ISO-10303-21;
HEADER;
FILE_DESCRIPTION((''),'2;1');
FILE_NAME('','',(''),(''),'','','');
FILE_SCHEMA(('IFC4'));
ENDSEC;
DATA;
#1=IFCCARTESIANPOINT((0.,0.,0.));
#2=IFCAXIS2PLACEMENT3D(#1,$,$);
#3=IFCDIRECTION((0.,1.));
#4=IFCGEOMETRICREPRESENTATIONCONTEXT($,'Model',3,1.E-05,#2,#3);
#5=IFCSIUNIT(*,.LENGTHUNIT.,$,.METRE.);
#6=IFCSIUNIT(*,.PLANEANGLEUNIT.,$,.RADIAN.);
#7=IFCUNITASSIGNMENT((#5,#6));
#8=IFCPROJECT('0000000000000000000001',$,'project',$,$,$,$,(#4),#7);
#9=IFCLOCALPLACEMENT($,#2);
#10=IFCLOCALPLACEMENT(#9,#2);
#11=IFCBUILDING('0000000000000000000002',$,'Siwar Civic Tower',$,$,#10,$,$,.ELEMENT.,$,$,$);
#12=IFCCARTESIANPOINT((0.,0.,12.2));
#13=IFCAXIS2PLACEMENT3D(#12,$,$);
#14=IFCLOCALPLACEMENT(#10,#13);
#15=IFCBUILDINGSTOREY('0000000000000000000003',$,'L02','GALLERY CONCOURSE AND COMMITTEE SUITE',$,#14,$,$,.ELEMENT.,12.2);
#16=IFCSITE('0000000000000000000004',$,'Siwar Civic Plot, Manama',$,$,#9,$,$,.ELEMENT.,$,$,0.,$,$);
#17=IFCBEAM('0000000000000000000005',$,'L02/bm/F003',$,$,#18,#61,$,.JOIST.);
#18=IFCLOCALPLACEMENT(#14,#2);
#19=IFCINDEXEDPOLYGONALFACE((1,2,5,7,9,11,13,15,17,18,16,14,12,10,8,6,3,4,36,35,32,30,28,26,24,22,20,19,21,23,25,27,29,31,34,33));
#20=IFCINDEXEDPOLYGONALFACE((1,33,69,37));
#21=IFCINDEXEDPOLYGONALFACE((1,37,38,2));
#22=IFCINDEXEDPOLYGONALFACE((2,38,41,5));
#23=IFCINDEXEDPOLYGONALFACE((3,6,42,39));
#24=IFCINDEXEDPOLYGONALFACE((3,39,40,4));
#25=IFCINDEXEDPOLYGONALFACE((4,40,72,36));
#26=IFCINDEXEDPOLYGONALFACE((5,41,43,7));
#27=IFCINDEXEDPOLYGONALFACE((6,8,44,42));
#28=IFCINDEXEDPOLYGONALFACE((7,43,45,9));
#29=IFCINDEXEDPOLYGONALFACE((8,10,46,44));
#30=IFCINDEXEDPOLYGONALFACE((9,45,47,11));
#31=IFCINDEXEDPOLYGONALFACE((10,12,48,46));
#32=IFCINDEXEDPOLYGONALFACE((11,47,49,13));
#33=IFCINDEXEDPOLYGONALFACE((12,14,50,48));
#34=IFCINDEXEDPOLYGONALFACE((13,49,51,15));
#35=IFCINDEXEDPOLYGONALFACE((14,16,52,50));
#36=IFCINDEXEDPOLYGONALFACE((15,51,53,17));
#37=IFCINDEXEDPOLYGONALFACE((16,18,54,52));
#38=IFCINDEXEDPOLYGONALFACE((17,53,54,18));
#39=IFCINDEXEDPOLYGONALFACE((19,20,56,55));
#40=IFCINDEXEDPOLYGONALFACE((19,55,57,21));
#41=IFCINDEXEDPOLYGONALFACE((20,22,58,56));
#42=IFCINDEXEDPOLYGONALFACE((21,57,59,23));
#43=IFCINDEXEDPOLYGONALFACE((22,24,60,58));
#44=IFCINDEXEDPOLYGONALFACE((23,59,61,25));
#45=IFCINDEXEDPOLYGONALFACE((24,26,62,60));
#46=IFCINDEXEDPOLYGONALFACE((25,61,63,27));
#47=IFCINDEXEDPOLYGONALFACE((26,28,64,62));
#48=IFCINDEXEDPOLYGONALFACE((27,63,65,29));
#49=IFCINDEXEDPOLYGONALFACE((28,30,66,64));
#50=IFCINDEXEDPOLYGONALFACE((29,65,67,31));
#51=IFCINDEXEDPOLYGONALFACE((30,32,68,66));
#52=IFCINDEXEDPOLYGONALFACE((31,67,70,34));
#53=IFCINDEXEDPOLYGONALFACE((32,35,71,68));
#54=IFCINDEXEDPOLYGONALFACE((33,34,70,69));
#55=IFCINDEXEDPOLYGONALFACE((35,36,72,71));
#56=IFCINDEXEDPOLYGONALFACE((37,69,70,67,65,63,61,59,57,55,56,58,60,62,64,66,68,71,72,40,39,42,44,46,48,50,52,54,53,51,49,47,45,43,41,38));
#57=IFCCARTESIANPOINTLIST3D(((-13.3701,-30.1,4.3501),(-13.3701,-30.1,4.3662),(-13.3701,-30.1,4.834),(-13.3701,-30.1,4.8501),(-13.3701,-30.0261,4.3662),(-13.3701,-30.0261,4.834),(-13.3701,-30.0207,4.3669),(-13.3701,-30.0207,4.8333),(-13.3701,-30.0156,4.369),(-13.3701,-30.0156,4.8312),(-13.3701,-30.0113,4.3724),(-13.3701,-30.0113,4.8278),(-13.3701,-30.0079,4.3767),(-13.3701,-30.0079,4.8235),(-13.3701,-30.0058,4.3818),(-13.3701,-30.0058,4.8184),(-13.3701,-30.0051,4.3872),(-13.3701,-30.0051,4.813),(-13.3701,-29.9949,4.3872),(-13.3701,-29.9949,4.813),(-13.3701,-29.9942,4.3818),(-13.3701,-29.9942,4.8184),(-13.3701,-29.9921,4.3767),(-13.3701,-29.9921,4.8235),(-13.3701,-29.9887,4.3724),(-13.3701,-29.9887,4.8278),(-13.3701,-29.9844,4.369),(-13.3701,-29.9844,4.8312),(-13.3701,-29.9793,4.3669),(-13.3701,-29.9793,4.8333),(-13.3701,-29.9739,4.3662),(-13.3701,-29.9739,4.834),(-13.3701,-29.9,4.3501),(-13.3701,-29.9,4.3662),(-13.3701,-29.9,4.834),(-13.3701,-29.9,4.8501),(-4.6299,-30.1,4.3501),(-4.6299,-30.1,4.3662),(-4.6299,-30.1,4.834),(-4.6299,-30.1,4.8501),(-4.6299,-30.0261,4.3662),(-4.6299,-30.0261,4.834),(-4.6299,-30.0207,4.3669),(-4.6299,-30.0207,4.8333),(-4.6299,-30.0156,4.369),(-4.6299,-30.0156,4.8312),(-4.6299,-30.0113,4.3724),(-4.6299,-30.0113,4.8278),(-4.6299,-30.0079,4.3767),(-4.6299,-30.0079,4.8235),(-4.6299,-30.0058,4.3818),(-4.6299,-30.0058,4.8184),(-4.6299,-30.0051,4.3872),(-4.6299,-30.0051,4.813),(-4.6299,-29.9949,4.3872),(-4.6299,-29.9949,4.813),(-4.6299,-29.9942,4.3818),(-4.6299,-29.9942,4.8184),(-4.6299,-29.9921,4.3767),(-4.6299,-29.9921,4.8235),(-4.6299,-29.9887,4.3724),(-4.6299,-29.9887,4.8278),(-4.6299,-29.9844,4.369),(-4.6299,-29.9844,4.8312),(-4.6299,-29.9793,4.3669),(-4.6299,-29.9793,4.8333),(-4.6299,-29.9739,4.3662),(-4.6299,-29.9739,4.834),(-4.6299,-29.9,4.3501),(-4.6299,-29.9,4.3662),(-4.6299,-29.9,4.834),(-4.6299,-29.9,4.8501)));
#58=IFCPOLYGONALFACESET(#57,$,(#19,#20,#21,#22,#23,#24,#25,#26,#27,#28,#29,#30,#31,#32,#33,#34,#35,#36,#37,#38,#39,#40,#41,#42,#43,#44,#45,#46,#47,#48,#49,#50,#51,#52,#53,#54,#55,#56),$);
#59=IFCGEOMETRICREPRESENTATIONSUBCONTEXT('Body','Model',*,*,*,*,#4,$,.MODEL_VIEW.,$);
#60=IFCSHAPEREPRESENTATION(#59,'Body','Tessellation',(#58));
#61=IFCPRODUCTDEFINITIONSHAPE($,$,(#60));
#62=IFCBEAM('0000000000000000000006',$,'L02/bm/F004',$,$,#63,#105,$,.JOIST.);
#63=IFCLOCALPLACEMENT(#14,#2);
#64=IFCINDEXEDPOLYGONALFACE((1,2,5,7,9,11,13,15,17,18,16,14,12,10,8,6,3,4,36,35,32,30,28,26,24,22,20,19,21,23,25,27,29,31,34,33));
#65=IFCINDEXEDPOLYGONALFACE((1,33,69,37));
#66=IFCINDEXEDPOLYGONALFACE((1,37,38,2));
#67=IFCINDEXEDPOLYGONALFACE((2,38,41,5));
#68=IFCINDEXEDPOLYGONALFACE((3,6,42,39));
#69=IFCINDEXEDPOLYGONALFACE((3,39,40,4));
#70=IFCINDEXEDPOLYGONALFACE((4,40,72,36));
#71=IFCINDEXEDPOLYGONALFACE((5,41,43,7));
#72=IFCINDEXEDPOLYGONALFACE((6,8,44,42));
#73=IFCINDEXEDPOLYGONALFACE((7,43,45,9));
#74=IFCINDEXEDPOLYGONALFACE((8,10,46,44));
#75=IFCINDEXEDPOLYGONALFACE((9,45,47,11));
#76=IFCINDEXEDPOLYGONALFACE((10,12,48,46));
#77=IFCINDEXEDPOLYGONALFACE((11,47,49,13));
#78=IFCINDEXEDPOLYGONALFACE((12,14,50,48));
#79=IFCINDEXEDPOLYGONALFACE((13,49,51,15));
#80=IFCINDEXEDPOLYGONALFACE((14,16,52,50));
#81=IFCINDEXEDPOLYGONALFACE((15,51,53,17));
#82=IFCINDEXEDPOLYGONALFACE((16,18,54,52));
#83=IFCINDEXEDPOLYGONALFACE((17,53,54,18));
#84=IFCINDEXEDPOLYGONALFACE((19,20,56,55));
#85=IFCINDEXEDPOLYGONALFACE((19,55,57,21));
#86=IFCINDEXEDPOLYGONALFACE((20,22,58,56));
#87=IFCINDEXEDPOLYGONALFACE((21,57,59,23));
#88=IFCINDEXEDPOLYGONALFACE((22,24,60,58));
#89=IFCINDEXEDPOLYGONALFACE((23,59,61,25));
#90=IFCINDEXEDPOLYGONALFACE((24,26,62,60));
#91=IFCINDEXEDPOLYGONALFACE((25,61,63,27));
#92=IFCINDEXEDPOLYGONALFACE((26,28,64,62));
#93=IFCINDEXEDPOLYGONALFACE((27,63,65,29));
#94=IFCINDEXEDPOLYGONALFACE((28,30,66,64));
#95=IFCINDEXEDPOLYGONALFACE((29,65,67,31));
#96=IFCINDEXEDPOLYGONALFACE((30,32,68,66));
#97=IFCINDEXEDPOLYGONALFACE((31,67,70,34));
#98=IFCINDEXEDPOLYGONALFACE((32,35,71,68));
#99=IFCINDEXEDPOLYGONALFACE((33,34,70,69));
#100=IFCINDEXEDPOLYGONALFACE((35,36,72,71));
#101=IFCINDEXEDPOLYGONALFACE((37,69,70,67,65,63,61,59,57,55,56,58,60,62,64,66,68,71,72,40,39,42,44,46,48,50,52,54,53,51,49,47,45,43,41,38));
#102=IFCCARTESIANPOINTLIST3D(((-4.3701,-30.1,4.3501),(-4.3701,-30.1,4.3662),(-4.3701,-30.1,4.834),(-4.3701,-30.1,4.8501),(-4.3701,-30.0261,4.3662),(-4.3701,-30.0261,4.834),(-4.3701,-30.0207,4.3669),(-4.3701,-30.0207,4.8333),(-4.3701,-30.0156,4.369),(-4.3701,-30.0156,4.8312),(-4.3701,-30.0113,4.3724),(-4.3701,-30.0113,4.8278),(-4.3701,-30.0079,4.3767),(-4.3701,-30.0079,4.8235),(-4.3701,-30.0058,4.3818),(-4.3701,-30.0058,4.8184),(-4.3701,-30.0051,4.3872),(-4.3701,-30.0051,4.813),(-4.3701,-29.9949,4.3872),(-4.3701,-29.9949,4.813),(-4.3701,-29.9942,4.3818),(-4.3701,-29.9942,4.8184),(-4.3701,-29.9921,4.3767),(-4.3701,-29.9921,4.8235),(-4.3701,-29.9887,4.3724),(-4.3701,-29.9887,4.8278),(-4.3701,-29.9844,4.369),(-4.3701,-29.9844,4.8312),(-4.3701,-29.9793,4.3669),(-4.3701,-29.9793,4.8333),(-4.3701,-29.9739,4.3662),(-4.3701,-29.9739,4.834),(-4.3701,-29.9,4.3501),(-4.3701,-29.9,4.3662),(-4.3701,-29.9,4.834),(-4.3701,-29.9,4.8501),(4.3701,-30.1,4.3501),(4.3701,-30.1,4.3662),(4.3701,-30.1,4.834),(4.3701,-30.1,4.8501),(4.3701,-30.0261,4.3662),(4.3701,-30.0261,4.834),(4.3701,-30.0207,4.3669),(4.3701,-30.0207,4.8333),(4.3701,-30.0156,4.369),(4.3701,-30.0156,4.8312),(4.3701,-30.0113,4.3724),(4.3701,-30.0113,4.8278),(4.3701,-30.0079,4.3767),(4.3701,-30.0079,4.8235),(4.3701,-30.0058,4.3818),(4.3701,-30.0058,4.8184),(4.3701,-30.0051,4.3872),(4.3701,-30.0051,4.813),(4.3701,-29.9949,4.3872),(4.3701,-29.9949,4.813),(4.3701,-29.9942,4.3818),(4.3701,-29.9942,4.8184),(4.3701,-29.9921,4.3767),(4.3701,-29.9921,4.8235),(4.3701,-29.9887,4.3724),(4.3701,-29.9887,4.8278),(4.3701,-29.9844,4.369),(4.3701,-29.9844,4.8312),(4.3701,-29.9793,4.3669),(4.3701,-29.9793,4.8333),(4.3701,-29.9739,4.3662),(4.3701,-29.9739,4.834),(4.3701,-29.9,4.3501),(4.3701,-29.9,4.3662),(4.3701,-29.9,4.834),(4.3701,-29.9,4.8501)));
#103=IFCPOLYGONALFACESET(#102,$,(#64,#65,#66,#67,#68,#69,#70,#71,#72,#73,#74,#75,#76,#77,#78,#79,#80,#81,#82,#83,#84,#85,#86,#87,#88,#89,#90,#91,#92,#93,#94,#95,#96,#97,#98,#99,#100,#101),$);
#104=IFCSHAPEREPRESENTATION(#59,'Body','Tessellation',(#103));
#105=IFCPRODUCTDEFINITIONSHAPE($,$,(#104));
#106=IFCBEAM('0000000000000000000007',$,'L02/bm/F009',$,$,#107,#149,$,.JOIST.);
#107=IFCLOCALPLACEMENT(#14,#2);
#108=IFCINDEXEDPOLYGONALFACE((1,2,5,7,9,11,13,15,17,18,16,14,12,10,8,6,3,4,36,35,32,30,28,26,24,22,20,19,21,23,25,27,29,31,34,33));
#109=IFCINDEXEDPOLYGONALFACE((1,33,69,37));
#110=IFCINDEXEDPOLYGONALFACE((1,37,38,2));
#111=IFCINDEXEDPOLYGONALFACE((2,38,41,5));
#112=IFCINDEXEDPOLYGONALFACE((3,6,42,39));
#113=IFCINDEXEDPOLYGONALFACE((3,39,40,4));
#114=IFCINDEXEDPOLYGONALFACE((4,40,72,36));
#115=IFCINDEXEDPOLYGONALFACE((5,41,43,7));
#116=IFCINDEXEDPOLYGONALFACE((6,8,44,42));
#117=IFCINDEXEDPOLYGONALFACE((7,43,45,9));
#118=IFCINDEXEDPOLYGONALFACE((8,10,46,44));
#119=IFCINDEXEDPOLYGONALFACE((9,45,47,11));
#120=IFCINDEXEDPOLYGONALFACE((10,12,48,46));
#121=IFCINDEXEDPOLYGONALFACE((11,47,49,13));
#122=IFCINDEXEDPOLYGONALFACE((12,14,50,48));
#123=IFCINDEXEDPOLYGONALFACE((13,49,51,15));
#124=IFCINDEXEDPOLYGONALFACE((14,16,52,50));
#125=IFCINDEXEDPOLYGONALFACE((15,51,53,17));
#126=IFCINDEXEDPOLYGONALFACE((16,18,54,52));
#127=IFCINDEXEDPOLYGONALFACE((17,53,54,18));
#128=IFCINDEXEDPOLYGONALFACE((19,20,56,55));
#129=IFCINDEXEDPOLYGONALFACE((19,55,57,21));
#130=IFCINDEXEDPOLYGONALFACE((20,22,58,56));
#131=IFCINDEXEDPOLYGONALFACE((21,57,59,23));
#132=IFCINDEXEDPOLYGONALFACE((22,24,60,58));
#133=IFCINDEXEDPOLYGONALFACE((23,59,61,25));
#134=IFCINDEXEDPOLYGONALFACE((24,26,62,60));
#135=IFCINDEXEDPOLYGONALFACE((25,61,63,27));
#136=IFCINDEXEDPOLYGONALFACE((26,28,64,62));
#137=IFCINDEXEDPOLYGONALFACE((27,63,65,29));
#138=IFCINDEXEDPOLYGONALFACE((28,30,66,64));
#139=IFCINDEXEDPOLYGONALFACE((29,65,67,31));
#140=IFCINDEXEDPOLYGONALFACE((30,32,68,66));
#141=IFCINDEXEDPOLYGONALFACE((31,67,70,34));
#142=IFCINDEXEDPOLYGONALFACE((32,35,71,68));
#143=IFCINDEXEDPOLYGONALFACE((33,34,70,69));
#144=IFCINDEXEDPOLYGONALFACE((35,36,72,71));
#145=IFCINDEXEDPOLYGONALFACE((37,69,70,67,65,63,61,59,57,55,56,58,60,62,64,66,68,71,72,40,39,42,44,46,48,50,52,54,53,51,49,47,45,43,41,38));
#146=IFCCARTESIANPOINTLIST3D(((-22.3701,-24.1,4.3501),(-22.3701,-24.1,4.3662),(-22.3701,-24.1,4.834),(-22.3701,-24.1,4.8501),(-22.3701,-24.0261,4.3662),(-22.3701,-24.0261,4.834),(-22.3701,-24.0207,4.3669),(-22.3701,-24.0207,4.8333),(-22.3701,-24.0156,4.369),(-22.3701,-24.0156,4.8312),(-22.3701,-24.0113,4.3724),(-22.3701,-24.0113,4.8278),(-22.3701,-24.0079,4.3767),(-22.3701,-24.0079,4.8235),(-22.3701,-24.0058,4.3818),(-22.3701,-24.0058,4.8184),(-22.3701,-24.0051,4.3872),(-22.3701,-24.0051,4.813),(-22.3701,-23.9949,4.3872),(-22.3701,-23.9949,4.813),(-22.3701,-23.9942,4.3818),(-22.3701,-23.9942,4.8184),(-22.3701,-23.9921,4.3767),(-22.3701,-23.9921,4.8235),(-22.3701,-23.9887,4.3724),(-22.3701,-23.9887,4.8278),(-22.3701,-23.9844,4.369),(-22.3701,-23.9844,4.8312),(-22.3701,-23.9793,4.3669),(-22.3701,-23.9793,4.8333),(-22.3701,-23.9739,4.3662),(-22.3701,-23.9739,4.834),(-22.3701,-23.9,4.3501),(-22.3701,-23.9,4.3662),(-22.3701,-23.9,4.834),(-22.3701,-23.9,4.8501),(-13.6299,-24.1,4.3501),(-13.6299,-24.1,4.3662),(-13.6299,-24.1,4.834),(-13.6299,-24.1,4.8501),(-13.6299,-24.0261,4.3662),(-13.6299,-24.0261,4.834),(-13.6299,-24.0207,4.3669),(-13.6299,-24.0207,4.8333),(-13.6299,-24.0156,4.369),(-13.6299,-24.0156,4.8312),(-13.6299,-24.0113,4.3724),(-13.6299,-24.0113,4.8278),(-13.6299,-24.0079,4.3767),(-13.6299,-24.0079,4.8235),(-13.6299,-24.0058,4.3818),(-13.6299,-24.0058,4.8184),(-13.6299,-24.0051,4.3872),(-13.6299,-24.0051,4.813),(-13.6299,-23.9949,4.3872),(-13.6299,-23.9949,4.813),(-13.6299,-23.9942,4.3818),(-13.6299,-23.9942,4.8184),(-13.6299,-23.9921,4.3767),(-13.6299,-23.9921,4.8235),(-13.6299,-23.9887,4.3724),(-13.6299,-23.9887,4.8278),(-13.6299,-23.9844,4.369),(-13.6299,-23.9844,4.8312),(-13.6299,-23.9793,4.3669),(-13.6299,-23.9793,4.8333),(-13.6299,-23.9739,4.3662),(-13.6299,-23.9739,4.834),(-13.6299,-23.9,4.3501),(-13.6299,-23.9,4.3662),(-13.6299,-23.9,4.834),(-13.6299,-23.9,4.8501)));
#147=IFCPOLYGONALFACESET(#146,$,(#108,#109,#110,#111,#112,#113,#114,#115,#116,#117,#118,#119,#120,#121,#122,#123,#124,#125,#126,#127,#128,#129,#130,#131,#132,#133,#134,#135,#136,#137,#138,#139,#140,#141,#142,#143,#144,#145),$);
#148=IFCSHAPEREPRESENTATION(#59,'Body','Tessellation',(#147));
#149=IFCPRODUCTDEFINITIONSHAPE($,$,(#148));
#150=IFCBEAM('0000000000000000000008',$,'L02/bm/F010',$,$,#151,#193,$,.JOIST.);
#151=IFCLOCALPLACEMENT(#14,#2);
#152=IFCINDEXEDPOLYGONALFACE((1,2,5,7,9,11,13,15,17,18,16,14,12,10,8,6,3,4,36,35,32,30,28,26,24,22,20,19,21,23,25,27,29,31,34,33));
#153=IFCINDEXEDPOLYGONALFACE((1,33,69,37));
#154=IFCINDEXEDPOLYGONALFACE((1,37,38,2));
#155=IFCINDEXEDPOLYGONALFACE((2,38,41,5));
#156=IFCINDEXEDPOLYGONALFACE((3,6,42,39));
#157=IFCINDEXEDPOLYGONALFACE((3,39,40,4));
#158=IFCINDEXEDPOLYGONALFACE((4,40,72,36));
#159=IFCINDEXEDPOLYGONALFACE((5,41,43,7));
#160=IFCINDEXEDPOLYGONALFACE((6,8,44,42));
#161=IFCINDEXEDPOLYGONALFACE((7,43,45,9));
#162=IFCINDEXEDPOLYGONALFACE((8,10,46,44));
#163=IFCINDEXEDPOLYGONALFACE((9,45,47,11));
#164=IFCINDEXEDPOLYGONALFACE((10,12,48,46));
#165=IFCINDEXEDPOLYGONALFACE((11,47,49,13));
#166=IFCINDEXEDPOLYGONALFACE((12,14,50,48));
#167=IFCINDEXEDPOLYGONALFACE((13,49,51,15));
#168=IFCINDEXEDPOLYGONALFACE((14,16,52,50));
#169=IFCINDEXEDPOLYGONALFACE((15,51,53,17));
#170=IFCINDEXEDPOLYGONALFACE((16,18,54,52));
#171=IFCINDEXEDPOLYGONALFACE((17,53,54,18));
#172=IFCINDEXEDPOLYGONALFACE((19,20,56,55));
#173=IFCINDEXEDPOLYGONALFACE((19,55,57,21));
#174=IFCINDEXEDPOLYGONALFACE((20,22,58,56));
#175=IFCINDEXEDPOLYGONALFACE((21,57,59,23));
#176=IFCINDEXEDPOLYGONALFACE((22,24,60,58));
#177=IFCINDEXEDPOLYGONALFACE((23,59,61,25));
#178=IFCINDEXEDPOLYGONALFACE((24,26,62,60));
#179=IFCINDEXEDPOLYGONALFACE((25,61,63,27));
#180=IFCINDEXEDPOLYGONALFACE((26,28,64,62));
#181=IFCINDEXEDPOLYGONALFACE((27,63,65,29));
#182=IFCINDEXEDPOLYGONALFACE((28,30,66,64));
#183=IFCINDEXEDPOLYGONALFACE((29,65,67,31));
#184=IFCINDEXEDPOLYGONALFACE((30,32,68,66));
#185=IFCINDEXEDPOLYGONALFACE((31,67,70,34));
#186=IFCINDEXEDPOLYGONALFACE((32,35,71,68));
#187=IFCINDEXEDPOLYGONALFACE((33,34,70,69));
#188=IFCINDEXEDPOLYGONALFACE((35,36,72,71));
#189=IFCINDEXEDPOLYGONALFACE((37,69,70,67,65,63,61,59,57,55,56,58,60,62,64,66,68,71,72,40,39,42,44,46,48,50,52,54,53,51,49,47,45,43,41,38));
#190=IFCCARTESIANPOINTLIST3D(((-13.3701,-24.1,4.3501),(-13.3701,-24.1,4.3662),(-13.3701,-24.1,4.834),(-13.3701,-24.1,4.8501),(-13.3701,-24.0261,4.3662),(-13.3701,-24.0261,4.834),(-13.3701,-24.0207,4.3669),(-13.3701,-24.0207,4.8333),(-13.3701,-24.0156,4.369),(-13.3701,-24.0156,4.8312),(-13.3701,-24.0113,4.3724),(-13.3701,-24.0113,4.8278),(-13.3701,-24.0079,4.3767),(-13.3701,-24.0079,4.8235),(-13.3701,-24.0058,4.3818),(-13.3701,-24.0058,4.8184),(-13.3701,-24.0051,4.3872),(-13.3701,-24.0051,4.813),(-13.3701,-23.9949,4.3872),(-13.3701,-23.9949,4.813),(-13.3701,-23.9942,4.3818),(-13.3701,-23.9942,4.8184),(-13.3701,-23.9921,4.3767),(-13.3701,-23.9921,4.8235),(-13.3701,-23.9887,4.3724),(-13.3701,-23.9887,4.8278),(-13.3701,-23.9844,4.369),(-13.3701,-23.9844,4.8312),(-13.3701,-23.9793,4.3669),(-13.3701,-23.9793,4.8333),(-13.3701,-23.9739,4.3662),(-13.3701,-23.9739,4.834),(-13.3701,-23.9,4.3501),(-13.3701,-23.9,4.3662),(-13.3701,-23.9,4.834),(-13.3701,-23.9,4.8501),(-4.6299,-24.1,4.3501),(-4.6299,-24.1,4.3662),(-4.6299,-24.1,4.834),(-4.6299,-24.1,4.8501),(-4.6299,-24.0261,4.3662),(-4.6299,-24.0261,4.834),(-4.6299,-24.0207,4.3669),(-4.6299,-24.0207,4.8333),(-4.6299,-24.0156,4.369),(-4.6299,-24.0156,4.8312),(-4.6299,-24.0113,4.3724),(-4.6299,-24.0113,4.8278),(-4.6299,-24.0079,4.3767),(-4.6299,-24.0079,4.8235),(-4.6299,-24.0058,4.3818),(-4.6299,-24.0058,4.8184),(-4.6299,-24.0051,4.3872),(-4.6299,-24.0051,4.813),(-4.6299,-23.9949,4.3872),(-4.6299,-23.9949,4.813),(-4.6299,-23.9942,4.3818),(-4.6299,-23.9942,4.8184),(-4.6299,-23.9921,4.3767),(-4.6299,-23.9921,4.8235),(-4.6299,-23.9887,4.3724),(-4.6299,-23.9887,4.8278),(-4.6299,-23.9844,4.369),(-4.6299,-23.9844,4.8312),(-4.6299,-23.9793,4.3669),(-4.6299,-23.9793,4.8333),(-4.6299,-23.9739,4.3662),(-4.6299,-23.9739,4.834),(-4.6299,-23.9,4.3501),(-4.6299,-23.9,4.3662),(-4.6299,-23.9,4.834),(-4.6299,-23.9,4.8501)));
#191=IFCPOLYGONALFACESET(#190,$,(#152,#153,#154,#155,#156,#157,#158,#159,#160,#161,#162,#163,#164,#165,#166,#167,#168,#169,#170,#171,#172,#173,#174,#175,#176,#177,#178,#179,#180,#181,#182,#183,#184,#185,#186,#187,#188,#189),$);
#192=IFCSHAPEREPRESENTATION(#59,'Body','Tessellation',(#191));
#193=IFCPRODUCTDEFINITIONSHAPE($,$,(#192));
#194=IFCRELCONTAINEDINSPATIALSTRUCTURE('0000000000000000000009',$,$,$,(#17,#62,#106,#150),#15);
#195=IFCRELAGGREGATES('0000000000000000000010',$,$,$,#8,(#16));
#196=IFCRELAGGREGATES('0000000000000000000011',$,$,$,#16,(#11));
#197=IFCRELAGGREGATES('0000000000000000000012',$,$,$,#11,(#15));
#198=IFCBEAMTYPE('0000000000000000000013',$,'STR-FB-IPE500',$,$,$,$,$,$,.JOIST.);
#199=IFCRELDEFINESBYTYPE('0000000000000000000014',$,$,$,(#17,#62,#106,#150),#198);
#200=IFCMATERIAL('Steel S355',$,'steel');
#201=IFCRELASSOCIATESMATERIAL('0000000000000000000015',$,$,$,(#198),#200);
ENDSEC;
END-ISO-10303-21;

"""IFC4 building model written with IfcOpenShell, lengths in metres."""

from ifc_helpers import new_model, si_unit, direction, frame, origin, origin_2d, place, context, subcontext, project, spatial, i_section, extrude, material, material_profile, profile_set, type_object, element, save


model = new_model("IFC4")

# Units and contexts
model_context = context("Model", 3, precision=1e-05, world=origin(), true_north=direction((0.0, 1.0)))
body_context = subcontext(model_context, "Body", "Model", "MODEL_VIEW")
ifc_project = project(units=[si_unit("LENGTHUNIT", "METRE"), si_unit("PLANEANGLEUNIT", "RADIAN")], contexts=[model_context])

# Site, building, storey
site_placement = place(None, origin())
site = spatial("IfcSite", under=ifc_project, at=site_placement, Name="Siwar Civic Plot, Manama", CompositionType="ELEMENT", RefElevation=0.0)
building_placement = place(site_placement, origin())
building = spatial("IfcBuilding", under=site, at=building_placement, Name="Siwar Civic Tower", CompositionType="ELEMENT")
storey_placement = place(building_placement, frame((0.0, 0.0, 12.2)))
storey = spatial("IfcBuildingStorey", under=building, at=storey_placement, Name="L02", Description="GALLERY CONCOURSE AND COMMITTEE SUITE", CompositionType="ELEMENT", Elevation=12.2)

# Beams
ifc_material_1 = material(Name="Steel S355", Category="steel")
ifc_material_profile_1 = material_profile(ifc_material_1, i_section(OverallWidth=0.2, OverallDepth=0.5, WebThickness=0.0103, FlangeThickness=0.0161, FilletRadius=0.021, at=origin_2d()), Name="IPE500")
ifc_profile_set_1 = profile_set([ifc_material_profile_1], Name="Steel S355")
beam_type_1 = type_object("IfcBeamType", Name="STR-FB-IPE500", PredefinedType="JOIST", material=ifc_profile_set_1)
for number, where, z_axis, x_axis, name in (
    (1, (-13.3701, -30.0, 4.6001), (1.0, 0.0, 0.0), (0.0, 1.0, 0.0), "L02/bm/F003"),
    (2, (-4.3701, -30.0, 4.6001), (1.0, 0.0, 0.0), (0.0, 1.0, 0.0), "L02/bm/F004"),
    (3, (-22.3701, -24.0, 4.6001), (1.0, 0.0, 0.0), (0.0, 1.0, 0.0), "L02/bm/F009"),
    (4, (-13.3701, -24.0, 4.6001), (1.0, 0.0, 0.0), (0.0, 1.0, 0.0), "L02/bm/F010"),
):
    element("IfcBeam", number, at=place(storey_placement, frame(where, z_axis=z_axis, x_axis=x_axis)), inside=storey, type_object=beam_type_1, Name=name, PredefinedType="JOIST", context=body_context, shape_type="SweptSolid", body=[
        extrude(i_section(OverallWidth=0.2, OverallDepth=0.5, WebThickness=0.0103, FlangeThickness=0.0161, FilletRadius=0.021, at=origin_2d()), origin(), (0.0, 0.0, 1.0), 8.7402),
    ])

save(model, "model.ifc")
